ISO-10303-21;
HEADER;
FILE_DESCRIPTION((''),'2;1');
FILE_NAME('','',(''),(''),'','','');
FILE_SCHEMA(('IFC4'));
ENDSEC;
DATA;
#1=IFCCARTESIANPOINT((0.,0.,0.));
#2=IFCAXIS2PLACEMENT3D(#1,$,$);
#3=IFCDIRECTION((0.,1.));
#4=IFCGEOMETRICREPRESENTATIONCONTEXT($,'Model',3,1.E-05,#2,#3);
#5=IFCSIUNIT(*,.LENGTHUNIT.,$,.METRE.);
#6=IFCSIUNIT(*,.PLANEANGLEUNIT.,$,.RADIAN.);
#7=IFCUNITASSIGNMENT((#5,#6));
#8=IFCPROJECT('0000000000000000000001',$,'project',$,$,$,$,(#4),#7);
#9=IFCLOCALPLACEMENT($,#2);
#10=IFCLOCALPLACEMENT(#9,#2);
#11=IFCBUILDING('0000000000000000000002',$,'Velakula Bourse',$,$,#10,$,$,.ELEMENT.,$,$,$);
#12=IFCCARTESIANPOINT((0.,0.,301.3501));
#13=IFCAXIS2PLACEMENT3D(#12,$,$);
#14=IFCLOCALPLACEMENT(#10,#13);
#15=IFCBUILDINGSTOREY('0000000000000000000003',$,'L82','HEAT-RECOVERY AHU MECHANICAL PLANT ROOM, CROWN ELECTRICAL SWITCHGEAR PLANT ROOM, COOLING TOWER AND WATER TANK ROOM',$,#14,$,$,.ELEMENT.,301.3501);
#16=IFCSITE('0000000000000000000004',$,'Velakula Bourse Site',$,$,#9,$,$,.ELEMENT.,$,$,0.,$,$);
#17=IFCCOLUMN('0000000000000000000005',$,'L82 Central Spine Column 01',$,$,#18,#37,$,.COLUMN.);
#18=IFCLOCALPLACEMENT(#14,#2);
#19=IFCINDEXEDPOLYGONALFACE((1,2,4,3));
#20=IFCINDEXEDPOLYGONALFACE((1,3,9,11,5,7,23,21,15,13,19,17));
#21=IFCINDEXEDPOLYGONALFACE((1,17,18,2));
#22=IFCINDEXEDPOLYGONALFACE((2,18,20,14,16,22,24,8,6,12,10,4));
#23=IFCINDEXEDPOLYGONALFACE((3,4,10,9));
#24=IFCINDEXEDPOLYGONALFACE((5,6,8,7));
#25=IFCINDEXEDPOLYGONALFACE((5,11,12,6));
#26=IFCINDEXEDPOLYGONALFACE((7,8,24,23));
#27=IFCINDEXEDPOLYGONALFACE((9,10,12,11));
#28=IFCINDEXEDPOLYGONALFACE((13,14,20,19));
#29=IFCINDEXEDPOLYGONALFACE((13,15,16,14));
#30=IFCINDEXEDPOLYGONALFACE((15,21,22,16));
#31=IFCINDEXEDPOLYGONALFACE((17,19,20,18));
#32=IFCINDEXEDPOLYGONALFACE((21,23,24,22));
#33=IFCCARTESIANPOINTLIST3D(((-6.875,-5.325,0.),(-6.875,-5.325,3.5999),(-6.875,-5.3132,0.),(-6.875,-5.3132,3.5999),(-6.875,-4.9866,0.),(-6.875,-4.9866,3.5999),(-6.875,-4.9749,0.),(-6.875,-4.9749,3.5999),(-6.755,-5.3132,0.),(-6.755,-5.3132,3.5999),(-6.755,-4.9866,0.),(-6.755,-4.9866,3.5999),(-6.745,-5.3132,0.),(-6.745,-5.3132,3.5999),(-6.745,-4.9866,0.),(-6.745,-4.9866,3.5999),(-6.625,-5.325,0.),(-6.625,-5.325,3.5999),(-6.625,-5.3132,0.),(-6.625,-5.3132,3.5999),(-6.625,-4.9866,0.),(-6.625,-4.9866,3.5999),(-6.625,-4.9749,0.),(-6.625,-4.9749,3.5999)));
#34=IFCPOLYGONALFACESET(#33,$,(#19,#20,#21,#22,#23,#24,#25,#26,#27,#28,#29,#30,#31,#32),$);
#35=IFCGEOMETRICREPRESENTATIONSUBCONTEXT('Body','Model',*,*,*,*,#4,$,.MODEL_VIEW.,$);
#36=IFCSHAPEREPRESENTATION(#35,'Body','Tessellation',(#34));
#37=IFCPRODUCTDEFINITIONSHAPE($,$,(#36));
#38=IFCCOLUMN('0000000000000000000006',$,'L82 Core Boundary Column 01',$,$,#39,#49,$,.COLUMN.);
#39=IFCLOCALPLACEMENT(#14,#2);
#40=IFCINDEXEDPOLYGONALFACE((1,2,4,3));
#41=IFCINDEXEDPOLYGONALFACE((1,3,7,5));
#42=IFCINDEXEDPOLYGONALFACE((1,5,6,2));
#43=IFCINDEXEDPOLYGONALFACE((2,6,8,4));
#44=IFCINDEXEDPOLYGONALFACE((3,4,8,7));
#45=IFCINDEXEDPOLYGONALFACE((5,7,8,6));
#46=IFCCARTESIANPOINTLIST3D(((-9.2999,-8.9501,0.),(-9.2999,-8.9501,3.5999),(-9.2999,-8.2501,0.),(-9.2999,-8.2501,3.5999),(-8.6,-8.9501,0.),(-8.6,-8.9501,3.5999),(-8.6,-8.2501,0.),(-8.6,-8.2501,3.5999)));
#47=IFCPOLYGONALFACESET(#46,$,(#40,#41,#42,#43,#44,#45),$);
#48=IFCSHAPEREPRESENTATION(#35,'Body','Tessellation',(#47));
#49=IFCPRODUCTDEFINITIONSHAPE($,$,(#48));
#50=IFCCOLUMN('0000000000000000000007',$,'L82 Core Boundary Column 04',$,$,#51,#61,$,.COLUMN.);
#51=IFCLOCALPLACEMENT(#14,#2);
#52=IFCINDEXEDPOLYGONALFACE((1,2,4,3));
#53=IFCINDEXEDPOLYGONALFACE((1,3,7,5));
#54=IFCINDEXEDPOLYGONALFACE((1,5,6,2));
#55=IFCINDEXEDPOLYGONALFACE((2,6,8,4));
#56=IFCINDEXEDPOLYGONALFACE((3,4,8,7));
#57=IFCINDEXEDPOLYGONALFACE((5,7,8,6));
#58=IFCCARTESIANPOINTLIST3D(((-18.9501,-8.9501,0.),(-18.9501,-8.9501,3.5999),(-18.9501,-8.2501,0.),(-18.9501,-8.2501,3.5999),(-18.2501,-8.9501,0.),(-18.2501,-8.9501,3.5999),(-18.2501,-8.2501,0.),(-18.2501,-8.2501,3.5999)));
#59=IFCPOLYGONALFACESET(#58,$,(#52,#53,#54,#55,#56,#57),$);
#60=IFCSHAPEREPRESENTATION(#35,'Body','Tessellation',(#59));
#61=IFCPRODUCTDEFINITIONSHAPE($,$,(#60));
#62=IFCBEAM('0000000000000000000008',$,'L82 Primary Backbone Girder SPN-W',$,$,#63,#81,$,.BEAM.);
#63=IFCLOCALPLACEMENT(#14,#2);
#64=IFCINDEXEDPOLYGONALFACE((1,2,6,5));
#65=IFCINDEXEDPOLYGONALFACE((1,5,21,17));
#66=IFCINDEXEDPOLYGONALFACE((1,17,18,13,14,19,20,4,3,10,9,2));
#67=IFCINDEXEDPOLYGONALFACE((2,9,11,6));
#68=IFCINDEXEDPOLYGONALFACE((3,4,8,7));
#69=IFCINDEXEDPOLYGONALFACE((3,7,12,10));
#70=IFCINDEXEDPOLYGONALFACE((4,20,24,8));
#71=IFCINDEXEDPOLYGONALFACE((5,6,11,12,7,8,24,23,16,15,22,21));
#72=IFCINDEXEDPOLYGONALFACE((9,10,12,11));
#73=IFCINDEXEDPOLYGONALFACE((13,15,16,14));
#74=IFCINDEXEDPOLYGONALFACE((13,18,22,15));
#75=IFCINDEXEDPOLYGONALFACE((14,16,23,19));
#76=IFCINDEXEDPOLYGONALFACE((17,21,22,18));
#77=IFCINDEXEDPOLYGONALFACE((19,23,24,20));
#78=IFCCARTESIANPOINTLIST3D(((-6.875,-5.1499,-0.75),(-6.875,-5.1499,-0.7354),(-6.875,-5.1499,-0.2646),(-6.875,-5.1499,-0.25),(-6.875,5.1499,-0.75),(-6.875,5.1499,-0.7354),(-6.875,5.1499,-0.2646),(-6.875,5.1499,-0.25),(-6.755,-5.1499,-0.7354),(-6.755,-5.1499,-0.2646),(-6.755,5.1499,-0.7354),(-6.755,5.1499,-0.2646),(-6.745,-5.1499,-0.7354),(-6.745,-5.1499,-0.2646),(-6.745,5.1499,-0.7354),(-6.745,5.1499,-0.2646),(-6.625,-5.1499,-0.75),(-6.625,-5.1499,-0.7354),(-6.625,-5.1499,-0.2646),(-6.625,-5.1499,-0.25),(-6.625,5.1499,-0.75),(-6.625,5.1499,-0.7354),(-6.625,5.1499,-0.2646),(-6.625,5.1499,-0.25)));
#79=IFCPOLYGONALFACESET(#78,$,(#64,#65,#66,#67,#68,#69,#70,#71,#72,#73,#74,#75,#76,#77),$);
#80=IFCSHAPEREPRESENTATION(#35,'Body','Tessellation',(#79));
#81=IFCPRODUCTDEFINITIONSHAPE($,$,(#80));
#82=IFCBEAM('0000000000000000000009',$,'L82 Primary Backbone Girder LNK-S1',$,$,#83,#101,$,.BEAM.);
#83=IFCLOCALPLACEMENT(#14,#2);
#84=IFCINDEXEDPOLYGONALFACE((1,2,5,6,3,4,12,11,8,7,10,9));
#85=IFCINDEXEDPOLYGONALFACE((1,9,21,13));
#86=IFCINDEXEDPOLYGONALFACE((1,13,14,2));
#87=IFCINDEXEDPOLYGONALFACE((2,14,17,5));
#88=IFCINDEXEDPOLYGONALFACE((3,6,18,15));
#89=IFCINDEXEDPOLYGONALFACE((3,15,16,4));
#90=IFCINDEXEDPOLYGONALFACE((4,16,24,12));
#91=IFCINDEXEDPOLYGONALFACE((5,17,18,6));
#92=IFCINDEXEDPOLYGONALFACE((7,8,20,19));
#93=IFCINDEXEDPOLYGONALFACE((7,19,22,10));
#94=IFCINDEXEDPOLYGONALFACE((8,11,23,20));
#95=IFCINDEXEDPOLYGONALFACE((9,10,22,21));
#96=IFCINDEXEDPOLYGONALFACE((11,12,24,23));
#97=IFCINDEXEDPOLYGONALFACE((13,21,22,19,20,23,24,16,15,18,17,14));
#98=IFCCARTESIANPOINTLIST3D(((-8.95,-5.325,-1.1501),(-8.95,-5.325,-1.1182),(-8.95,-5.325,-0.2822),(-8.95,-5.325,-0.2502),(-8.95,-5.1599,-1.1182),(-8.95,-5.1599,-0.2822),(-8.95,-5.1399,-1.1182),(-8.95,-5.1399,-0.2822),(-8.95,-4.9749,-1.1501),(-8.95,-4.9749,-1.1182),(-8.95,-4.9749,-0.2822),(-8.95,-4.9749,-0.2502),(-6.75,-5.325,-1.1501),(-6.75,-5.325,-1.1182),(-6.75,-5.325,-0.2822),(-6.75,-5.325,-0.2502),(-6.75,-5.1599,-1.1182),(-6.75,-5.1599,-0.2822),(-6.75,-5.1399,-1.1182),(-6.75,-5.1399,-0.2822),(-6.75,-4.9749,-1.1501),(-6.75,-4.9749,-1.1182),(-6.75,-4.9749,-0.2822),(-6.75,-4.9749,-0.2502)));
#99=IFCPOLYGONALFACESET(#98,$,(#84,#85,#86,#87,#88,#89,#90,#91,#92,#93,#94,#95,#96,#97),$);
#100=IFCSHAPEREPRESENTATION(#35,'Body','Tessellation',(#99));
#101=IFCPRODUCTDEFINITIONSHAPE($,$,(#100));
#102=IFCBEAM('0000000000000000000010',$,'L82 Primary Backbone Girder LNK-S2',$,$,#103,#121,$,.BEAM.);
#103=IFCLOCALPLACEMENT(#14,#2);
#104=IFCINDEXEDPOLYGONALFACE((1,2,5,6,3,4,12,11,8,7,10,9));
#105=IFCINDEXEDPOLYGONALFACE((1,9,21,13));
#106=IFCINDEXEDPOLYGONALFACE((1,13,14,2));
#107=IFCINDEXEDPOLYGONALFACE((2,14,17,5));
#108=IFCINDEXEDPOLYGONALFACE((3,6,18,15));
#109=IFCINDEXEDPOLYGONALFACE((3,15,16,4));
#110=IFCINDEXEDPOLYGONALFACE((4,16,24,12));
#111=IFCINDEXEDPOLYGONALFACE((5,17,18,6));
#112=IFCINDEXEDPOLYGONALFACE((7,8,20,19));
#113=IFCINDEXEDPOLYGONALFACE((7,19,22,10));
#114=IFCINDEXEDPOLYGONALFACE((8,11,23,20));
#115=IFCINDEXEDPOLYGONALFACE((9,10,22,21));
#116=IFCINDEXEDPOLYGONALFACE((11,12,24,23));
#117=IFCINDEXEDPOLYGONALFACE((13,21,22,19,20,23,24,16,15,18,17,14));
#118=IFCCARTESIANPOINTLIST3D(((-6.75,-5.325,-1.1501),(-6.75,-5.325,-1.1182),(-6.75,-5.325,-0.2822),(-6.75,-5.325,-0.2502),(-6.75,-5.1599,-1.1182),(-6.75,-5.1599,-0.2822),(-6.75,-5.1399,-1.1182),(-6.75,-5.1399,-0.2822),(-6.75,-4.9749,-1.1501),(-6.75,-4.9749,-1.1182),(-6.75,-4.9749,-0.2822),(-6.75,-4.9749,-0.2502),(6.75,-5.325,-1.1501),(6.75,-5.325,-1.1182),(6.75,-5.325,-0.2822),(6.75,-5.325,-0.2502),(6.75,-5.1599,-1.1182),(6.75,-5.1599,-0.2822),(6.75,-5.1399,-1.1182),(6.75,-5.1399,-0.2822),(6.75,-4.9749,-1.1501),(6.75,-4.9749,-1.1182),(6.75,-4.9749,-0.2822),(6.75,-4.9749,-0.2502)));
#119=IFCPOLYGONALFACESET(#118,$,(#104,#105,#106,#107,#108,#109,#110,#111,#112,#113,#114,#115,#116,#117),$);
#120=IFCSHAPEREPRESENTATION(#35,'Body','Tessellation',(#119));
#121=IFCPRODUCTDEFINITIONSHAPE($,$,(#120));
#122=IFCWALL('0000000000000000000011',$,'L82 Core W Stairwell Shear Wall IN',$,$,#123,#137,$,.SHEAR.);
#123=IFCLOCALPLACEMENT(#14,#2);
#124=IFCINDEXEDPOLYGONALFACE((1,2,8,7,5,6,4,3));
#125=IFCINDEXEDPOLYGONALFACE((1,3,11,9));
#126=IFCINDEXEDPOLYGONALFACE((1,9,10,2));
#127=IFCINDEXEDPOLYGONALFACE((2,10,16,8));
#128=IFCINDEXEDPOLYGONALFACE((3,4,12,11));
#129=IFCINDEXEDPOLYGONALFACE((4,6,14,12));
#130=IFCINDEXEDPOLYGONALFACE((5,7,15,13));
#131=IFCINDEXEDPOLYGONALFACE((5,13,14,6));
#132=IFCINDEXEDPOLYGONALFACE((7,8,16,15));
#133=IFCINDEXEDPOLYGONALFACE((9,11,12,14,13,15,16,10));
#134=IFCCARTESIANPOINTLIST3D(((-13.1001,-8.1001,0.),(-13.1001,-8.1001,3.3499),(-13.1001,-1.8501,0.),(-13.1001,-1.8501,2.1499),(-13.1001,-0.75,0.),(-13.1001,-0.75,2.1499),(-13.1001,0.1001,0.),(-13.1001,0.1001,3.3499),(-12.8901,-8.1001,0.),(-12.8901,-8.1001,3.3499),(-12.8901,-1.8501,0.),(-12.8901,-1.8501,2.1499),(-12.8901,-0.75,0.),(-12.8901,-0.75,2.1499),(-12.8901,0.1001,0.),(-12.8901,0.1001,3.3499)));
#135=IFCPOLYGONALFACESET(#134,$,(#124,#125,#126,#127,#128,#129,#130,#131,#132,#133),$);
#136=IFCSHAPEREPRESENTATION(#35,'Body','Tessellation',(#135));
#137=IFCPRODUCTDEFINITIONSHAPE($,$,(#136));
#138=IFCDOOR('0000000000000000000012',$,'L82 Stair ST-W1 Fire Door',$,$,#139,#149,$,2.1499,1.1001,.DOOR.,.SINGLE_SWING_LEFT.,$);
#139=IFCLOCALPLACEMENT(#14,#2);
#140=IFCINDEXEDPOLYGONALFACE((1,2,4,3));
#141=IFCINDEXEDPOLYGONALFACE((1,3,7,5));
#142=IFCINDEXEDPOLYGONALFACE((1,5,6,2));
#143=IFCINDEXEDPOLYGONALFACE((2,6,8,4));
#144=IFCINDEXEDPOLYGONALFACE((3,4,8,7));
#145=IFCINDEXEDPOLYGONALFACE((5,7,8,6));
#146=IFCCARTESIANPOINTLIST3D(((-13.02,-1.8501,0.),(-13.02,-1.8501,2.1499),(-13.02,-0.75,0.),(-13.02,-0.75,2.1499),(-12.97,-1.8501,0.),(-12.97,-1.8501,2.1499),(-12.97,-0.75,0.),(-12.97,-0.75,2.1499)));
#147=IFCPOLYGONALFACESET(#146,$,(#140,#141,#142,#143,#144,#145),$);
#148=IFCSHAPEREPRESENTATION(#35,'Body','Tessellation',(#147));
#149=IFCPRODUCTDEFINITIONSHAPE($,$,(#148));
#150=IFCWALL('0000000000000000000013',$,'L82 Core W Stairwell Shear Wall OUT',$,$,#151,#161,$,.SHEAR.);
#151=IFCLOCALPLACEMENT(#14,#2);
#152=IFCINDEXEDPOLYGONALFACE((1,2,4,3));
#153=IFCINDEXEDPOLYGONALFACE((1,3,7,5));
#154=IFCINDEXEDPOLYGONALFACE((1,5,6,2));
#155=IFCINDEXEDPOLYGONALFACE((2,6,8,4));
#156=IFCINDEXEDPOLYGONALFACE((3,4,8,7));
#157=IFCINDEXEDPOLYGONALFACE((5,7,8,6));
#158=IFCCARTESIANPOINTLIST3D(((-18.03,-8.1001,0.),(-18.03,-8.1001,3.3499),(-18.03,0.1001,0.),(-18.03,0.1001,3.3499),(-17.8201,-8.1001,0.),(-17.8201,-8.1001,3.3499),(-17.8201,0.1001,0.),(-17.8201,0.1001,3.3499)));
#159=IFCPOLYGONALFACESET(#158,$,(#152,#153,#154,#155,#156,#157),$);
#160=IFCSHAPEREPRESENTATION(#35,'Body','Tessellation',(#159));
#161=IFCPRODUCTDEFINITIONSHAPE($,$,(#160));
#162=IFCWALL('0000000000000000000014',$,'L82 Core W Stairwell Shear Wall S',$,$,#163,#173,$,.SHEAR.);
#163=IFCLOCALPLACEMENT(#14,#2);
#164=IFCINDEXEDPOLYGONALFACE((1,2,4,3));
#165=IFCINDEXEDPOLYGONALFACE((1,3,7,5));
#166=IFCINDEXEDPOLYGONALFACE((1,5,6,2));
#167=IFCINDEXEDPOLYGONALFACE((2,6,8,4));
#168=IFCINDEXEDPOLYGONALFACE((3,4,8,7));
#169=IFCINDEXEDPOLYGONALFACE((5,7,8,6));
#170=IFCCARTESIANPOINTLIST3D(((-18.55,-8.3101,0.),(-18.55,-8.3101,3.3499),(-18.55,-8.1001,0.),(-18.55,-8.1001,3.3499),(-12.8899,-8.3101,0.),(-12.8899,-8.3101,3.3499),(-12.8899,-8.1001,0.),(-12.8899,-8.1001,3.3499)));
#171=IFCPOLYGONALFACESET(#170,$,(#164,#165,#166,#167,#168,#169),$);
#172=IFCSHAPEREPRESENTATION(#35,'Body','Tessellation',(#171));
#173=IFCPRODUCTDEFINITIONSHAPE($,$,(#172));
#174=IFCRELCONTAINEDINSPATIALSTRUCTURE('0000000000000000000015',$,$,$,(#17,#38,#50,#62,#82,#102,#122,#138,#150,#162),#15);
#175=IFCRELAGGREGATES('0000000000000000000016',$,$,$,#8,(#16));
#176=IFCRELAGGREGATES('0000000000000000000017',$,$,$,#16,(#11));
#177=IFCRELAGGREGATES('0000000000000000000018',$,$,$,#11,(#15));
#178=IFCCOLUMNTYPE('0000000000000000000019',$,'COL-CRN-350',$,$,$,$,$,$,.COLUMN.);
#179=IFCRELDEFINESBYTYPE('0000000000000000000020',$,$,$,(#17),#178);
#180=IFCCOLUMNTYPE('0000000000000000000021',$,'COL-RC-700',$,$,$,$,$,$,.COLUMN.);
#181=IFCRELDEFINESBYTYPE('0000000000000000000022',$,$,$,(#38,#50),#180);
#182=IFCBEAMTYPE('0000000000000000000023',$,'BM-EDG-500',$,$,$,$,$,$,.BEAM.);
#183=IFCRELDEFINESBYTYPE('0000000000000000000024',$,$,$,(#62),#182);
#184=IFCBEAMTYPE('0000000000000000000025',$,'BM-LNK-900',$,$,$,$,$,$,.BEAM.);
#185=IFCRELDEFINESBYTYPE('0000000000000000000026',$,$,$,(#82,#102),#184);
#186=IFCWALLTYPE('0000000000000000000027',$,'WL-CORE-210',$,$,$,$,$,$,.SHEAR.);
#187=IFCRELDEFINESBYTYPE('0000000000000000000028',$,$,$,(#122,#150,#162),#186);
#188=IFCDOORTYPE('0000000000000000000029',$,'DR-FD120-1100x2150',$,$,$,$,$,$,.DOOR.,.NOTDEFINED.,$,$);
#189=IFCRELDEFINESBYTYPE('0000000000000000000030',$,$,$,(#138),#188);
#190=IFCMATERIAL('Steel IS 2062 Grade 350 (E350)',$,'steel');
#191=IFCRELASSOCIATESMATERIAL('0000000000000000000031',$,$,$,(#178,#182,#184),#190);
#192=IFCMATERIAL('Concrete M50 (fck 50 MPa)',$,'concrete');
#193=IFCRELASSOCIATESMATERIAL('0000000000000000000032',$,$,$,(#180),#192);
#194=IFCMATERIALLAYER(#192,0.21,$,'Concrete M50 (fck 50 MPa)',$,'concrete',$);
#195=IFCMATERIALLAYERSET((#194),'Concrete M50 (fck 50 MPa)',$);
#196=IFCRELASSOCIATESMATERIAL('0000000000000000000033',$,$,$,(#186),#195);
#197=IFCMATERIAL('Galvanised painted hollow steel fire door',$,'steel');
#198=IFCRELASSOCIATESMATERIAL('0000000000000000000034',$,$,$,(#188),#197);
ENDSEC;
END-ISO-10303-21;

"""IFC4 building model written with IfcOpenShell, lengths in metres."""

from ifc_helpers import new_model, si_unit, direction, frame, frame_2d, origin, origin_2d, place, context, subcontext, project, spatial, rectangle, i_section, extrude, material, layer, layer_set, material_profile, profile_set, type_object, element, fill, save


model = new_model("IFC4")

# Units and contexts
model_context = context("Model", 3, precision=1e-05, world=origin(), true_north=direction((0.0, 1.0)))
body_context = subcontext(model_context, "Body", "Model", "MODEL_VIEW")
ifc_project = project(units=[si_unit("LENGTHUNIT", "METRE"), si_unit("PLANEANGLEUNIT", "RADIAN")], contexts=[model_context])

# Site, building, storey
site_placement = place(None, origin())
site = spatial("IfcSite", under=ifc_project, at=site_placement, Name="Velakula Bourse Site", CompositionType="ELEMENT", RefElevation=0.0)
building_placement = place(site_placement, origin())
building = spatial("IfcBuilding", under=site, at=building_placement, Name="Velakula Bourse", CompositionType="ELEMENT")
storey_placement = place(building_placement, frame((0.0, 0.0, 301.3501)))
storey = spatial("IfcBuildingStorey", under=building, at=storey_placement, Name="L82", Description="HEAT-RECOVERY AHU MECHANICAL PLANT ROOM, CROWN ELECTRICAL SWITCHGEAR PLANT ROOM, COOLING TOWER AND WATER TANK ROOM", CompositionType="ELEMENT", Elevation=301.3501)

# Columns
ifc_material_1 = material(Name="Steel IS 2062 Grade 350 (E350)", Category="steel")
ifc_material_profile_1 = material_profile(ifc_material_1, i_section(OverallWidth=0.25, OverallDepth=0.3501, WebThickness=0.01, FlangeThickness=0.0117, at=origin_2d()), Name="Steel IS 2062 Grade 350 (E350)")
ifc_profile_set_1 = profile_set([ifc_material_profile_1], Name="Steel IS 2062 Grade 350 (E350)")
column_type_1 = type_object("IfcColumnType", Name="COL-CRN-350", PredefinedType="COLUMN", material=ifc_profile_set_1)
column_placement = place(storey_placement, frame((-6.75, -5.1499, 0.0), z_axis=(0.0, 0.0, 1.0), x_axis=(1.0, 0.0, 0.0)))
element("IfcColumn", 1, at=column_placement, inside=storey, type_object=column_type_1, Name="L82 Central Spine Column 01", PredefinedType="COLUMN", context=body_context, shape_type="SweptSolid", body=[
    extrude(i_section(OverallWidth=0.25, OverallDepth=0.3501, WebThickness=0.01, FlangeThickness=0.0117, at=origin_2d()), origin(), (0.0, 0.0, 1.0), 3.5999),
])
ifc_material_2 = material(Name="Concrete M50 (fck 50 MPa)", Category="concrete")
ifc_material_profile_2 = material_profile(ifc_material_2, rectangle(XDim=0.7, YDim=0.7, at=origin_2d()), Name="Concrete M50 (fck 50 MPa)")
ifc_profile_set_2 = profile_set([ifc_material_profile_2], Name="Concrete M50 (fck 50 MPa)")
column_type_2 = type_object("IfcColumnType", Name="COL-RC-700", PredefinedType="COLUMN", material=ifc_profile_set_2)
for number, where, z_axis, x_axis, name in (
    (2, (-8.95, -8.6001, 0.0), (0.0, 0.0, 1.0), (1.0, 0.0, 0.0), "L82 Core Boundary Column 01"),
    (3, (-18.6001, -8.6001, 0.0), (0.0, 0.0, 1.0), (1.0, 0.0, 0.0), "L82 Core Boundary Column 04"),
):
    element("IfcColumn", number, at=place(storey_placement, frame(where, z_axis=z_axis, x_axis=x_axis)), inside=storey, type_object=column_type_2, Name=name, PredefinedType="COLUMN", context=body_context, shape_type="SweptSolid", body=[
        extrude(rectangle(XDim=0.7, YDim=0.7, at=origin_2d()), origin(), (0.0, 0.0, 1.0), 3.5999),
    ])

# Beams
ifc_material_profile_3 = material_profile(ifc_material_1, i_section(OverallWidth=0.25, OverallDepth=0.5, WebThickness=0.01, FlangeThickness=0.0146, at=origin_2d()), Name="Steel IS 2062 Grade 350 (E350)")
ifc_profile_set_3 = profile_set([ifc_material_profile_3], Name="Steel IS 2062 Grade 350 (E350)")
beam_type_1 = type_object("IfcBeamType", Name="BM-EDG-500", PredefinedType="BEAM", material=ifc_profile_set_3)
beam_1_placement = place(storey_placement, frame((-6.75, -5.1499, -0.5), z_axis=(0.0, 1.0, 0.0), x_axis=(-1.0, 0.0, 0.0)))
element("IfcBeam", 4, at=beam_1_placement, inside=storey, type_object=beam_type_1, Name="L82 Primary Backbone Girder SPN-W", PredefinedType="BEAM", context=body_context, shape_type="SweptSolid", body=[
    extrude(i_section(OverallWidth=0.25, OverallDepth=0.5, WebThickness=0.01, FlangeThickness=0.0146, at=origin_2d()), origin(), (0.0, 0.0, 1.0), 10.2998),
])
ifc_material_profile_4 = material_profile(ifc_material_1, i_section(OverallWidth=0.3501, OverallDepth=0.8999, WebThickness=0.02, FlangeThickness=0.032, at=origin_2d()), Name="Steel IS 2062 Grade 350 (E350)")
ifc_profile_set_4 = profile_set([ifc_material_profile_4], Name="Steel IS 2062 Grade 350 (E350)")
beam_type_2 = type_object("IfcBeamType", Name="BM-LNK-900", PredefinedType="BEAM", material=ifc_profile_set_4)
beam_2_placement = place(storey_placement, frame((-8.95, -5.1499, -0.7002), z_axis=(1.0, 0.0, 0.0), x_axis=(0.0, 1.0, 0.0)))
element("IfcBeam", 5, at=beam_2_placement, inside=storey, type_object=beam_type_2, Name="L82 Primary Backbone Girder LNK-S1", PredefinedType="BEAM", context=body_context, shape_type="SweptSolid", body=[
    extrude(i_section(OverallWidth=0.3501, OverallDepth=0.8999, WebThickness=0.02, FlangeThickness=0.032, at=origin_2d()), origin(), (0.0, 0.0, 1.0), 2.2),
])
beam_3_placement = place(storey_placement, frame((-6.75, -5.1499, -0.7002), z_axis=(1.0, 0.0, 0.0), x_axis=(0.0, 1.0, 0.0)))
element("IfcBeam", 6, at=beam_3_placement, inside=storey, type_object=beam_type_2, Name="L82 Primary Backbone Girder LNK-S2", PredefinedType="BEAM", context=body_context, shape_type="SweptSolid", body=[
    extrude(i_section(OverallWidth=0.3501, OverallDepth=0.8999, WebThickness=0.02, FlangeThickness=0.032, at=origin_2d()), origin(), (0.0, 0.0, 1.0), 13.5),
])

# Wall, opening, door
ifc_layer_1 = layer(ifc_material_2, 0.21, Name="Concrete M50 (fck 50 MPa)", Category="concrete")
ifc_layer_set_1 = layer_set([ifc_layer_1], Name="Concrete M50 (fck 50 MPa)")
wall_type_1 = type_object("IfcWallType", Name="WL-CORE-210", PredefinedType="SHEAR", material=ifc_layer_set_1)
wall_1_placement = place(storey_placement, frame((-12.9951, -8.1001, 0.0), z_axis=(0.0, 0.0, 1.0), x_axis=(0.0, 1.0, 0.0)))
wall_1 = element("IfcWall", 7, at=wall_1_placement, inside=storey, type_object=wall_type_1, Name="L82 Core W Stairwell Shear Wall IN", PredefinedType="SHEAR", context=body_context, shape_type="SweptSolid", body=[
    extrude(rectangle(XDim=8.2002, YDim=0.21, at=frame_2d((4.1001, 0.0))), origin(), (0.0, 0.0, 1.0), 3.3499),
])
opening_1_placement = place(wall_1_placement, frame((6.25, 0.0, 0.0)))
opening_1 = element("IfcOpeningElement", 8, at=opening_1_placement, cuts=wall_1, PredefinedType="OPENING", context=body_context, shape_type="SweptSolid", body=[
    extrude(rectangle(XDim=1.1001, YDim=2.1499, at=frame_2d((0.55, 1.075))), frame((0.0, 0.115, 0.0), z_axis=(0.0, -1.0, 0.0), x_axis=(1.0, 0.0, 0.0)), (0.0, 0.0, 1.0), 0.23),
])
ifc_material_3 = material(Name="Galvanised painted hollow steel fire door", Category="steel")
door_type_1 = type_object("IfcDoorType", Name="DR-FD120-1100x2150", OperationType="NOTDEFINED", PredefinedType="DOOR", material=ifc_material_3)
door_1_placement = place(opening_1_placement, origin())
door_1 = element("IfcDoor", 9, at=door_1_placement, inside=storey, type_object=door_type_1, Name="L82 Stair ST-W1 Fire Door", OperationType="SINGLE_SWING_LEFT", OverallHeight=2.1499, OverallWidth=1.1001, PredefinedType="DOOR", context=body_context, shape_type="SweptSolid", body=[
    extrude(rectangle(XDim=1.1001, YDim=2.1499, at=frame_2d((0.55, 1.075))), frame((0.0, 0.0249, 0.0), z_axis=(0.0, -1.0, 0.0), x_axis=(1.0, 0.0, 0.0)), (0.0, 0.0, 1.0), 0.05),
])
fill(opening_1, door_1)

# Walls
wall_2_placement = place(storey_placement, frame((-17.925, -8.1001, 0.0), z_axis=(0.0, 0.0, 1.0), x_axis=(0.0, 1.0, 0.0)))
element("IfcWall", 10, at=wall_2_placement, inside=storey, type_object=wall_type_1, Name="L82 Core W Stairwell Shear Wall OUT", PredefinedType="SHEAR", context=body_context, shape_type="SweptSolid", body=[
    extrude(rectangle(XDim=8.2002, YDim=0.21, at=frame_2d((4.1001, 0.0))), origin(), (0.0, 0.0, 1.0), 3.3499),
])
wall_3_placement = place(storey_placement, frame((-18.55, -8.2051, 0.0), z_axis=(0.0, 0.0, 1.0), x_axis=(1.0, 0.0, 0.0)))
element("IfcWall", 11, at=wall_3_placement, inside=storey, type_object=wall_type_1, Name="L82 Core W Stairwell Shear Wall S", PredefinedType="SHEAR", context=body_context, shape_type="SweptSolid", body=[
    extrude(rectangle(XDim=5.6602, YDim=0.21, at=frame_2d((2.8301, 0.0))), origin(), (0.0, 0.0, 1.0), 3.3499),
])

save(model, "model.ifc")
